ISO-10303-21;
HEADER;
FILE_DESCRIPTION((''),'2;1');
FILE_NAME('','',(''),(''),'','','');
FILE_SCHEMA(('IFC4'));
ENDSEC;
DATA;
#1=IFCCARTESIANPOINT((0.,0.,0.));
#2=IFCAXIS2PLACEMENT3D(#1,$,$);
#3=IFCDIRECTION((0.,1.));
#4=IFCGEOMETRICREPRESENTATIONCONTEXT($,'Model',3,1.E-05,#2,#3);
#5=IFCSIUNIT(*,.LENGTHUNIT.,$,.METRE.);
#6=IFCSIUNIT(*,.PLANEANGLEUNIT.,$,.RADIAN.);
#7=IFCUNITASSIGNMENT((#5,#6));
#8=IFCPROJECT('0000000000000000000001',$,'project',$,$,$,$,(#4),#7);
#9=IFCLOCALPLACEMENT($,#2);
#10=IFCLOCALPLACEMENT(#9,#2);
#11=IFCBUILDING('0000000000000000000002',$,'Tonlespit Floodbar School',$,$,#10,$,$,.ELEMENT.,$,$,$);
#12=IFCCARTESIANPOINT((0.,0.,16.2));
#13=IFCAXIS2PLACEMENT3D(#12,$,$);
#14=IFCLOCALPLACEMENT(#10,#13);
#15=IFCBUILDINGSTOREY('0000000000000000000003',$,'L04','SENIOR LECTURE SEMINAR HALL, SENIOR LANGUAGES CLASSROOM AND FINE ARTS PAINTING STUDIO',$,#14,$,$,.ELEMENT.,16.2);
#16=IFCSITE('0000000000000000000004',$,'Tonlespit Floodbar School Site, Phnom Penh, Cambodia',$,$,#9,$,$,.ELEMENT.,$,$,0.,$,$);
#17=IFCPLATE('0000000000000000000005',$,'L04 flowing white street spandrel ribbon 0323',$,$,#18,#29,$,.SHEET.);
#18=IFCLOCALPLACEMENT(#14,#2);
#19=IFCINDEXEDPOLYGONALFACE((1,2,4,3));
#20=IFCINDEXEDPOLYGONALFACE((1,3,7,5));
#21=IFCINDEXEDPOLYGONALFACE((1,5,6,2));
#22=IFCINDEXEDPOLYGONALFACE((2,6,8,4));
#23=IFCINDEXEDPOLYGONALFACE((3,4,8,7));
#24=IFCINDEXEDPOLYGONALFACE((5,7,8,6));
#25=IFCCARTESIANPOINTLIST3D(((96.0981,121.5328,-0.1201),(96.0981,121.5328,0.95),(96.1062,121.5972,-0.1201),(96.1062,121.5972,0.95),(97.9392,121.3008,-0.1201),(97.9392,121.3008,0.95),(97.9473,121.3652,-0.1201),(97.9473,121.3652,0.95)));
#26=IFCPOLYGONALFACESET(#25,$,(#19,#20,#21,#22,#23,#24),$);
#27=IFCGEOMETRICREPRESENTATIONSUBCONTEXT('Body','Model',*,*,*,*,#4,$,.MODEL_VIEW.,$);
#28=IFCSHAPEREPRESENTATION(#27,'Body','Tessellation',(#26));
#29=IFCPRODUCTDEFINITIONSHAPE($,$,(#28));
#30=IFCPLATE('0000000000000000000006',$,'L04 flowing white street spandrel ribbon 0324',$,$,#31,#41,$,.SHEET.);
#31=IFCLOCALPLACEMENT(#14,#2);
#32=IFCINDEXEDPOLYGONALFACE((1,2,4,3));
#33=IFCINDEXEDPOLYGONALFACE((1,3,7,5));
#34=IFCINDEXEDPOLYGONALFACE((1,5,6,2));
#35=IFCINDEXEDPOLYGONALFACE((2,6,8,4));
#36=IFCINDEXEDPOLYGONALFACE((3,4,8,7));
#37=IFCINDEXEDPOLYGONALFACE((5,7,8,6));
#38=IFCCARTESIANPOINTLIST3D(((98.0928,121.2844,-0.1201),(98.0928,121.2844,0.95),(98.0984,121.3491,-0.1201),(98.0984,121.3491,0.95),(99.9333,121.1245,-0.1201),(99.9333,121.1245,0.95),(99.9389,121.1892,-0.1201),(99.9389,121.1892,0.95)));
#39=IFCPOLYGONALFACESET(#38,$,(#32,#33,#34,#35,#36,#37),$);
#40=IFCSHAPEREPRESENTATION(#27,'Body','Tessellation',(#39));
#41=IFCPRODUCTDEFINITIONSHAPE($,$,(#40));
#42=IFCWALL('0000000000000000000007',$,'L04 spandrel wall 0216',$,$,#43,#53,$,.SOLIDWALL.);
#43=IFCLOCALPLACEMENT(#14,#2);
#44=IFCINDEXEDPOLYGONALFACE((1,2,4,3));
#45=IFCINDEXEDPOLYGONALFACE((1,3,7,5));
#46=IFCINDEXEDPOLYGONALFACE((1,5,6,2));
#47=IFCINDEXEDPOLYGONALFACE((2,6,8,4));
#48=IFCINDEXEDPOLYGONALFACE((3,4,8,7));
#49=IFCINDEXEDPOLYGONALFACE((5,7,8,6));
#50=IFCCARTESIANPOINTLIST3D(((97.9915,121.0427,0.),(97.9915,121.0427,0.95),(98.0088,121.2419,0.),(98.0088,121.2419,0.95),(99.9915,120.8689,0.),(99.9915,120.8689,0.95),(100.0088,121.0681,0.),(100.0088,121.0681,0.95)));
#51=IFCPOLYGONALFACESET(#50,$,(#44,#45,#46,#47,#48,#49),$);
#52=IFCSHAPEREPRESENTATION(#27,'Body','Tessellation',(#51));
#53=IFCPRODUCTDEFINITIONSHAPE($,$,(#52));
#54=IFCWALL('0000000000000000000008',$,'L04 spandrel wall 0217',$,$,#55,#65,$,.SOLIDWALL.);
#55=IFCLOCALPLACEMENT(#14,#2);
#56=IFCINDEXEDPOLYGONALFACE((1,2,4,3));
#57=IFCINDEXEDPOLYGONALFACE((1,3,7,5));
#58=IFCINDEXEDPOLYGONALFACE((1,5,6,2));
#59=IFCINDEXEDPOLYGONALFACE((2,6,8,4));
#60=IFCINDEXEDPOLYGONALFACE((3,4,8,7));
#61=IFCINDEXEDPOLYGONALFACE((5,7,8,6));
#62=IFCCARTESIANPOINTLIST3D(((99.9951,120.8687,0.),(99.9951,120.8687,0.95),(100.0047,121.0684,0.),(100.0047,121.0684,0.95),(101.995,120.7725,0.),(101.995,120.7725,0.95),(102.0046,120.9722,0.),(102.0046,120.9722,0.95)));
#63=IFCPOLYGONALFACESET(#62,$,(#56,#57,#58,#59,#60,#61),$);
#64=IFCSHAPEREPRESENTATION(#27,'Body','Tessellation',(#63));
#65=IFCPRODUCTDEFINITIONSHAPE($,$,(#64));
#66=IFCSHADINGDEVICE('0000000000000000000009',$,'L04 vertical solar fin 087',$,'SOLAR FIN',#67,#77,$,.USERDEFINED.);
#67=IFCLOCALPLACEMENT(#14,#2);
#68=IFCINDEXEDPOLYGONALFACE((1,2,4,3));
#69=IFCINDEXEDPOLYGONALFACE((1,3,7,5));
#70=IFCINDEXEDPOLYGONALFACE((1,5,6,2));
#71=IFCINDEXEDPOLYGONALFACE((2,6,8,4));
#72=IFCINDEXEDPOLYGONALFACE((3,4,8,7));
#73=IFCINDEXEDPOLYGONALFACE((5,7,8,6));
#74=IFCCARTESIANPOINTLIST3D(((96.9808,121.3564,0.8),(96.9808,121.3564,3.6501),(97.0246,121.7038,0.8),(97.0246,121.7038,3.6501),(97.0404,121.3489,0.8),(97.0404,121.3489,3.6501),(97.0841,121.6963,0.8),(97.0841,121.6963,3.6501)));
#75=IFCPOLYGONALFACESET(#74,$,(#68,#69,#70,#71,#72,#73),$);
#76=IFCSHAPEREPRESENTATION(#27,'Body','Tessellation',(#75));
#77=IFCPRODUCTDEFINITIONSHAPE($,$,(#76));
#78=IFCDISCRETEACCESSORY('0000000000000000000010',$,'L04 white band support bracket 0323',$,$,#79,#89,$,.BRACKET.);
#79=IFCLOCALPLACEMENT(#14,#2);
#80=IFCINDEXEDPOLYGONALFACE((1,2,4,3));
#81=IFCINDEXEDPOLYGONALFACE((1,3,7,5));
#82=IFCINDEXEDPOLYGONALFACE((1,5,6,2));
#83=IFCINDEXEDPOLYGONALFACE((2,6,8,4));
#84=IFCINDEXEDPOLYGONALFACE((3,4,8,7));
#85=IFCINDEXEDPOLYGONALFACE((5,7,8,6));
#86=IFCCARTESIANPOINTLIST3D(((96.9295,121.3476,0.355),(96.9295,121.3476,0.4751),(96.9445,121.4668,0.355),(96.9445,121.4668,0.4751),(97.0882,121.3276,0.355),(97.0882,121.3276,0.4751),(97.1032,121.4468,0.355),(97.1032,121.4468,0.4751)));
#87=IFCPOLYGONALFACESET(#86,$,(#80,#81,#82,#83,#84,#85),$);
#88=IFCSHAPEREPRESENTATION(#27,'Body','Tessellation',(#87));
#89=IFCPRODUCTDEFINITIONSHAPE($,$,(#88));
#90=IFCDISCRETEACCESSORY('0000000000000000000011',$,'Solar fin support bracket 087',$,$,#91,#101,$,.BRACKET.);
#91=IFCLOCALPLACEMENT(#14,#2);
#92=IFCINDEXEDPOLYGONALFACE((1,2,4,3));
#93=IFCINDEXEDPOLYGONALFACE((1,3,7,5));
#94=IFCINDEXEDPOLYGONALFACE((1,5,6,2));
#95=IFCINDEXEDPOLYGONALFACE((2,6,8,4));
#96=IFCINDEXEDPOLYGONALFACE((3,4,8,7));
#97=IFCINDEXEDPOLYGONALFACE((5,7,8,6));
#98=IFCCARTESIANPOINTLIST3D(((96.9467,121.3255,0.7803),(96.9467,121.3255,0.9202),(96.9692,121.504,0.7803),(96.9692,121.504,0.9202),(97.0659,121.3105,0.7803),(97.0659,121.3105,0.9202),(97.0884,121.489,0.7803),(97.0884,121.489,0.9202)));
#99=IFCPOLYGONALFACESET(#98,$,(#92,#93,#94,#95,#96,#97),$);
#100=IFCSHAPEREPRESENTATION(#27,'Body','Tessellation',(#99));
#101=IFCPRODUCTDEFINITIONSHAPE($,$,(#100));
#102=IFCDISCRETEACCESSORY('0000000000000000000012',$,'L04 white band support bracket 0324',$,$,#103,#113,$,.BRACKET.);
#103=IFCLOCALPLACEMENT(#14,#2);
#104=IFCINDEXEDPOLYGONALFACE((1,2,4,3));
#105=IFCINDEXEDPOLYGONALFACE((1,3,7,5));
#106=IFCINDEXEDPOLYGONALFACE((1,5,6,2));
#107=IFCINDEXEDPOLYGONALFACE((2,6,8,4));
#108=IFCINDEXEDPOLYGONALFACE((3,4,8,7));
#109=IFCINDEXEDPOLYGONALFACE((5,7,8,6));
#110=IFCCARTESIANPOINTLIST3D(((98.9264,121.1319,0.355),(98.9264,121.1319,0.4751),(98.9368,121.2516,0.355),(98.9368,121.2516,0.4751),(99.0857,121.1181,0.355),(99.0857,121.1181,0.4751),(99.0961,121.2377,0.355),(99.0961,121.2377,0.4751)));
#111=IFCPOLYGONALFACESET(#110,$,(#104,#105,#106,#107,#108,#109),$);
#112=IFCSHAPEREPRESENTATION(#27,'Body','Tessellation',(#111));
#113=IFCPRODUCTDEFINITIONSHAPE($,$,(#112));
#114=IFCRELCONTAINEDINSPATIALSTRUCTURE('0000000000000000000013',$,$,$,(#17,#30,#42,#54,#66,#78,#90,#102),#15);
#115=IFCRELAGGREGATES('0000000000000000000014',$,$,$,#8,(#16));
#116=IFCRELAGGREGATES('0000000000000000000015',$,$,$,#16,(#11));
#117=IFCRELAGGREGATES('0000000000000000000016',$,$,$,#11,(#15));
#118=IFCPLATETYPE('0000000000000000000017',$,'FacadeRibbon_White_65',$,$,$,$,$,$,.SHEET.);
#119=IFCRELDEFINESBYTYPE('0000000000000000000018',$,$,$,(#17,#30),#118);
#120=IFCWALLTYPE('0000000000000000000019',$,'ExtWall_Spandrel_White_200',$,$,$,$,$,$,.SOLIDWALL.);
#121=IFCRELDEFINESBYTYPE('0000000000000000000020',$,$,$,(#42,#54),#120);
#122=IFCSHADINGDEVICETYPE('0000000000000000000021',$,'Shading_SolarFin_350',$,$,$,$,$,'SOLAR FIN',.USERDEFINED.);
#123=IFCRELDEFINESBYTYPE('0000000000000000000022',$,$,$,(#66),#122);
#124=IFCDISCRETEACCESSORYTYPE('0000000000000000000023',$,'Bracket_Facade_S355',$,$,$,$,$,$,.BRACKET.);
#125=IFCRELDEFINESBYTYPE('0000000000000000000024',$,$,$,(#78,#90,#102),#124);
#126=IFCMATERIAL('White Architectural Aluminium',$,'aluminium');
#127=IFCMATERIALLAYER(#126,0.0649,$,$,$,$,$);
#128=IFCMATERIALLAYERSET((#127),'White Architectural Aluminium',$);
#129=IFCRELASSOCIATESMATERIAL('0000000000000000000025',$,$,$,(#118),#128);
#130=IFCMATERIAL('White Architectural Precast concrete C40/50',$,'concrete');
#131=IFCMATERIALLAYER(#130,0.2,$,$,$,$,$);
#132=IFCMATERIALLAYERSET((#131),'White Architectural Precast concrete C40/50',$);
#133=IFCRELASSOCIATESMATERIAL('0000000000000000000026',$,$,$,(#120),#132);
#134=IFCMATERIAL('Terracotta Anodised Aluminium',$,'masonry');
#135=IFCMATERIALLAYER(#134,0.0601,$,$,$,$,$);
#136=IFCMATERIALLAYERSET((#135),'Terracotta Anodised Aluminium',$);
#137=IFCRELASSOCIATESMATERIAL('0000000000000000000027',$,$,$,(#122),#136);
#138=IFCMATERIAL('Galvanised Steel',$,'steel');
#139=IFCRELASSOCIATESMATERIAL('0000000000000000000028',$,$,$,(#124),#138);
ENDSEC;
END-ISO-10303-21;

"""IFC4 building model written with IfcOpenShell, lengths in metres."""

from ifc_helpers import new_model, si_unit, direction, frame, frame_2d, origin, origin_2d, place, context, subcontext, project, spatial, rectangle, extrude, material, layer, layer_set, type_object, element, save


model = new_model("IFC4")

# Units and contexts
model_context = context("Model", 3, precision=1e-05, world=origin(), true_north=direction((0.0, 1.0)))
body_context = subcontext(model_context, "Body", "Model", "MODEL_VIEW")
ifc_project = project(units=[si_unit("LENGTHUNIT", "METRE"), si_unit("PLANEANGLEUNIT", "RADIAN")], contexts=[model_context])

# Site, building, storey
site_placement = place(None, origin())
site = spatial("IfcSite", under=ifc_project, at=site_placement, Name="Tonlespit Floodbar School Site, Phnom Penh, Cambodia", CompositionType="ELEMENT", RefElevation=0.0)
building_placement = place(site_placement, origin())
building = spatial("IfcBuilding", under=site, at=building_placement, Name="Tonlespit Floodbar School", CompositionType="ELEMENT")
storey_placement = place(building_placement, frame((0.0, 0.0, 16.2)))
storey = spatial("IfcBuildingStorey", under=building, at=storey_placement, Name="L04", Description="SENIOR LECTURE SEMINAR HALL, SENIOR LANGUAGES CLASSROOM AND FINE ARTS PAINTING STUDIO", CompositionType="ELEMENT", Elevation=16.2)

# Plates
ifc_material_1 = material(Name="White Architectural Aluminium", Category="aluminium")
ifc_layer_1 = layer(ifc_material_1, 0.0649)
ifc_layer_set_1 = layer_set([ifc_layer_1], Name="White Architectural Aluminium")
plate_type_1 = type_object("IfcPlateType", Name="FacadeRibbon_White_65", PredefinedType="SHEET", material=ifc_layer_set_1)
plate_1_placement = place(storey_placement, frame((97.0227, 121.449, -0.1201), z_axis=(0.0, 0.0, 1.0), x_axis=(0.992155, -0.125011, 0.0)))
element("IfcPlate", 1, at=plate_1_placement, inside=storey, type_object=plate_type_1, Name="L04 flowing white street spandrel ribbon 0323", PredefinedType="SHEET", context=body_context, shape_type="SweptSolid", body=[
    extrude(rectangle(XDim=1.8557, YDim=0.0649, at=origin_2d()), origin(), (0.0, 0.0, 1.0), 1.0701),
])
plate_2_placement = place(storey_placement, frame((99.0159, 121.2368, -0.1201), z_axis=(0.0, 0.0, 1.0), x_axis=(0.996245, -0.086573, 0.0)))
element("IfcPlate", 2, at=plate_2_placement, inside=storey, type_object=plate_type_1, Name="L04 flowing white street spandrel ribbon 0324", PredefinedType="SHEET", context=body_context, shape_type="SweptSolid", body=[
    extrude(rectangle(XDim=1.8474, YDim=0.0649, at=origin_2d()), origin(), (0.0, 0.0, 1.0), 1.0701),
])

# Walls
ifc_material_2 = material(Name="White Architectural Precast concrete C40/50", Category="concrete")
ifc_layer_2 = layer(ifc_material_2, 0.2)
ifc_layer_set_2 = layer_set([ifc_layer_2], Name="White Architectural Precast concrete C40/50")
wall_type = type_object("IfcWallType", Name="ExtWall_Spandrel_White_200", PredefinedType="SOLIDWALL", material=ifc_layer_set_2)
wall_1_placement = place(storey_placement, frame((98.0, 121.1423, 0.0), z_axis=(0.0, 0.0, 1.0), x_axis=(0.996244, -0.086588, 0.0)))
element("IfcWall", 3, at=wall_1_placement, inside=storey, type_object=wall_type, Name="L04 spandrel wall 0216", PredefinedType="SOLIDWALL", context=body_context, shape_type="SweptSolid", body=[
    extrude(rectangle(XDim=2.0076, YDim=0.2, at=frame_2d((1.0039, 0.0))), origin(), (0.0, 0.0, 1.0), 0.95),
])
wall_2_placement = place(storey_placement, frame((100.0, 120.9685, 0.0), z_axis=(0.0, 0.0, 1.0), x_axis=(0.998845, -0.04804, 0.0)))
element("IfcWall", 4, at=wall_2_placement, inside=storey, type_object=wall_type, Name="L04 spandrel wall 0217", PredefinedType="SOLIDWALL", context=body_context, shape_type="SweptSolid", body=[
    extrude(rectangle(XDim=2.0022, YDim=0.2, at=frame_2d((1.001, 0.0))), origin(), (0.0, 0.0, 1.0), 0.95),
])

# Shading device
ifc_material_3 = material(Name="Terracotta Anodised Aluminium", Category="masonry")
ifc_layer_3 = layer(ifc_material_3, 0.0601)
ifc_layer_set_3 = layer_set([ifc_layer_3], Name="Terracotta Anodised Aluminium")
shading_device_type = type_object("IfcShadingDeviceType", Name="Shading_SolarFin_350", ElementType="SOLAR FIN", PredefinedType="USERDEFINED", material=ifc_layer_set_3)
shading_device_placement = place(storey_placement, frame((97.0325, 121.5264, 0.8), z_axis=(0.0, 0.0, 1.0), x_axis=(0.992155, -0.125011, 0.0)))
element("IfcShadingDevice", 5, at=shading_device_placement, inside=storey, type_object=shading_device_type, Name="L04 vertical solar fin 087", ObjectType="SOLAR FIN", PredefinedType="USERDEFINED", context=body_context, shape_type="SweptSolid", body=[
    extrude(rectangle(XDim=0.0601, YDim=0.3501, at=origin_2d()), origin(), (0.0, 0.0, 1.0), 2.8501),
])

# Discrete accessories
ifc_material_4 = material(Name="Galvanised Steel", Category="steel")
discrete_accessory_type = type_object("IfcDiscreteAccessoryType", Name="Bracket_Facade_S355", PredefinedType="BRACKET", material=ifc_material_4)
discrete_accessory_1_placement = place(storey_placement, frame((97.0164, 121.3972, 0.355), z_axis=(0.0, 0.0, 1.0), x_axis=(0.992155, -0.125011, 0.0)))
element("IfcDiscreteAccessory", 6, at=discrete_accessory_1_placement, inside=storey, type_object=discrete_accessory_type, Name="L04 white band support bracket 0323", PredefinedType="BRACKET", context=body_context, shape_type="SweptSolid", body=[
    extrude(rectangle(XDim=0.1599, YDim=0.1201, at=origin_2d()), origin(), (0.0, 0.0, 1.0), 0.1201),
])
discrete_accessory_2_placement = place(storey_placement, frame((97.0176, 121.4072, 0.7803), z_axis=(0.0, 0.0, 1.0), x_axis=(0.992155, -0.125011, 0.0)))
element("IfcDiscreteAccessory", 7, at=discrete_accessory_2_placement, inside=storey, type_object=discrete_accessory_type, Name="Solar fin support bracket 087", PredefinedType="BRACKET", context=body_context, shape_type="SweptSolid", body=[
    extrude(rectangle(XDim=0.1201, YDim=0.1799, at=origin_2d()), origin(), (0.0, 0.0, 1.0), 0.1399),
])
discrete_accessory_3_placement = place(storey_placement, frame((99.0112, 121.1848, 0.355), z_axis=(0.0, 0.0, 1.0), x_axis=(0.996245, -0.086573, 0.0)))
element("IfcDiscreteAccessory", 8, at=discrete_accessory_3_placement, inside=storey, type_object=discrete_accessory_type, Name="L04 white band support bracket 0324", PredefinedType="BRACKET", context=body_context, shape_type="SweptSolid", body=[
    extrude(rectangle(XDim=0.1599, YDim=0.1201, at=origin_2d()), origin(), (0.0, 0.0, 1.0), 0.1201),
])

save(model, "model.ifc")
